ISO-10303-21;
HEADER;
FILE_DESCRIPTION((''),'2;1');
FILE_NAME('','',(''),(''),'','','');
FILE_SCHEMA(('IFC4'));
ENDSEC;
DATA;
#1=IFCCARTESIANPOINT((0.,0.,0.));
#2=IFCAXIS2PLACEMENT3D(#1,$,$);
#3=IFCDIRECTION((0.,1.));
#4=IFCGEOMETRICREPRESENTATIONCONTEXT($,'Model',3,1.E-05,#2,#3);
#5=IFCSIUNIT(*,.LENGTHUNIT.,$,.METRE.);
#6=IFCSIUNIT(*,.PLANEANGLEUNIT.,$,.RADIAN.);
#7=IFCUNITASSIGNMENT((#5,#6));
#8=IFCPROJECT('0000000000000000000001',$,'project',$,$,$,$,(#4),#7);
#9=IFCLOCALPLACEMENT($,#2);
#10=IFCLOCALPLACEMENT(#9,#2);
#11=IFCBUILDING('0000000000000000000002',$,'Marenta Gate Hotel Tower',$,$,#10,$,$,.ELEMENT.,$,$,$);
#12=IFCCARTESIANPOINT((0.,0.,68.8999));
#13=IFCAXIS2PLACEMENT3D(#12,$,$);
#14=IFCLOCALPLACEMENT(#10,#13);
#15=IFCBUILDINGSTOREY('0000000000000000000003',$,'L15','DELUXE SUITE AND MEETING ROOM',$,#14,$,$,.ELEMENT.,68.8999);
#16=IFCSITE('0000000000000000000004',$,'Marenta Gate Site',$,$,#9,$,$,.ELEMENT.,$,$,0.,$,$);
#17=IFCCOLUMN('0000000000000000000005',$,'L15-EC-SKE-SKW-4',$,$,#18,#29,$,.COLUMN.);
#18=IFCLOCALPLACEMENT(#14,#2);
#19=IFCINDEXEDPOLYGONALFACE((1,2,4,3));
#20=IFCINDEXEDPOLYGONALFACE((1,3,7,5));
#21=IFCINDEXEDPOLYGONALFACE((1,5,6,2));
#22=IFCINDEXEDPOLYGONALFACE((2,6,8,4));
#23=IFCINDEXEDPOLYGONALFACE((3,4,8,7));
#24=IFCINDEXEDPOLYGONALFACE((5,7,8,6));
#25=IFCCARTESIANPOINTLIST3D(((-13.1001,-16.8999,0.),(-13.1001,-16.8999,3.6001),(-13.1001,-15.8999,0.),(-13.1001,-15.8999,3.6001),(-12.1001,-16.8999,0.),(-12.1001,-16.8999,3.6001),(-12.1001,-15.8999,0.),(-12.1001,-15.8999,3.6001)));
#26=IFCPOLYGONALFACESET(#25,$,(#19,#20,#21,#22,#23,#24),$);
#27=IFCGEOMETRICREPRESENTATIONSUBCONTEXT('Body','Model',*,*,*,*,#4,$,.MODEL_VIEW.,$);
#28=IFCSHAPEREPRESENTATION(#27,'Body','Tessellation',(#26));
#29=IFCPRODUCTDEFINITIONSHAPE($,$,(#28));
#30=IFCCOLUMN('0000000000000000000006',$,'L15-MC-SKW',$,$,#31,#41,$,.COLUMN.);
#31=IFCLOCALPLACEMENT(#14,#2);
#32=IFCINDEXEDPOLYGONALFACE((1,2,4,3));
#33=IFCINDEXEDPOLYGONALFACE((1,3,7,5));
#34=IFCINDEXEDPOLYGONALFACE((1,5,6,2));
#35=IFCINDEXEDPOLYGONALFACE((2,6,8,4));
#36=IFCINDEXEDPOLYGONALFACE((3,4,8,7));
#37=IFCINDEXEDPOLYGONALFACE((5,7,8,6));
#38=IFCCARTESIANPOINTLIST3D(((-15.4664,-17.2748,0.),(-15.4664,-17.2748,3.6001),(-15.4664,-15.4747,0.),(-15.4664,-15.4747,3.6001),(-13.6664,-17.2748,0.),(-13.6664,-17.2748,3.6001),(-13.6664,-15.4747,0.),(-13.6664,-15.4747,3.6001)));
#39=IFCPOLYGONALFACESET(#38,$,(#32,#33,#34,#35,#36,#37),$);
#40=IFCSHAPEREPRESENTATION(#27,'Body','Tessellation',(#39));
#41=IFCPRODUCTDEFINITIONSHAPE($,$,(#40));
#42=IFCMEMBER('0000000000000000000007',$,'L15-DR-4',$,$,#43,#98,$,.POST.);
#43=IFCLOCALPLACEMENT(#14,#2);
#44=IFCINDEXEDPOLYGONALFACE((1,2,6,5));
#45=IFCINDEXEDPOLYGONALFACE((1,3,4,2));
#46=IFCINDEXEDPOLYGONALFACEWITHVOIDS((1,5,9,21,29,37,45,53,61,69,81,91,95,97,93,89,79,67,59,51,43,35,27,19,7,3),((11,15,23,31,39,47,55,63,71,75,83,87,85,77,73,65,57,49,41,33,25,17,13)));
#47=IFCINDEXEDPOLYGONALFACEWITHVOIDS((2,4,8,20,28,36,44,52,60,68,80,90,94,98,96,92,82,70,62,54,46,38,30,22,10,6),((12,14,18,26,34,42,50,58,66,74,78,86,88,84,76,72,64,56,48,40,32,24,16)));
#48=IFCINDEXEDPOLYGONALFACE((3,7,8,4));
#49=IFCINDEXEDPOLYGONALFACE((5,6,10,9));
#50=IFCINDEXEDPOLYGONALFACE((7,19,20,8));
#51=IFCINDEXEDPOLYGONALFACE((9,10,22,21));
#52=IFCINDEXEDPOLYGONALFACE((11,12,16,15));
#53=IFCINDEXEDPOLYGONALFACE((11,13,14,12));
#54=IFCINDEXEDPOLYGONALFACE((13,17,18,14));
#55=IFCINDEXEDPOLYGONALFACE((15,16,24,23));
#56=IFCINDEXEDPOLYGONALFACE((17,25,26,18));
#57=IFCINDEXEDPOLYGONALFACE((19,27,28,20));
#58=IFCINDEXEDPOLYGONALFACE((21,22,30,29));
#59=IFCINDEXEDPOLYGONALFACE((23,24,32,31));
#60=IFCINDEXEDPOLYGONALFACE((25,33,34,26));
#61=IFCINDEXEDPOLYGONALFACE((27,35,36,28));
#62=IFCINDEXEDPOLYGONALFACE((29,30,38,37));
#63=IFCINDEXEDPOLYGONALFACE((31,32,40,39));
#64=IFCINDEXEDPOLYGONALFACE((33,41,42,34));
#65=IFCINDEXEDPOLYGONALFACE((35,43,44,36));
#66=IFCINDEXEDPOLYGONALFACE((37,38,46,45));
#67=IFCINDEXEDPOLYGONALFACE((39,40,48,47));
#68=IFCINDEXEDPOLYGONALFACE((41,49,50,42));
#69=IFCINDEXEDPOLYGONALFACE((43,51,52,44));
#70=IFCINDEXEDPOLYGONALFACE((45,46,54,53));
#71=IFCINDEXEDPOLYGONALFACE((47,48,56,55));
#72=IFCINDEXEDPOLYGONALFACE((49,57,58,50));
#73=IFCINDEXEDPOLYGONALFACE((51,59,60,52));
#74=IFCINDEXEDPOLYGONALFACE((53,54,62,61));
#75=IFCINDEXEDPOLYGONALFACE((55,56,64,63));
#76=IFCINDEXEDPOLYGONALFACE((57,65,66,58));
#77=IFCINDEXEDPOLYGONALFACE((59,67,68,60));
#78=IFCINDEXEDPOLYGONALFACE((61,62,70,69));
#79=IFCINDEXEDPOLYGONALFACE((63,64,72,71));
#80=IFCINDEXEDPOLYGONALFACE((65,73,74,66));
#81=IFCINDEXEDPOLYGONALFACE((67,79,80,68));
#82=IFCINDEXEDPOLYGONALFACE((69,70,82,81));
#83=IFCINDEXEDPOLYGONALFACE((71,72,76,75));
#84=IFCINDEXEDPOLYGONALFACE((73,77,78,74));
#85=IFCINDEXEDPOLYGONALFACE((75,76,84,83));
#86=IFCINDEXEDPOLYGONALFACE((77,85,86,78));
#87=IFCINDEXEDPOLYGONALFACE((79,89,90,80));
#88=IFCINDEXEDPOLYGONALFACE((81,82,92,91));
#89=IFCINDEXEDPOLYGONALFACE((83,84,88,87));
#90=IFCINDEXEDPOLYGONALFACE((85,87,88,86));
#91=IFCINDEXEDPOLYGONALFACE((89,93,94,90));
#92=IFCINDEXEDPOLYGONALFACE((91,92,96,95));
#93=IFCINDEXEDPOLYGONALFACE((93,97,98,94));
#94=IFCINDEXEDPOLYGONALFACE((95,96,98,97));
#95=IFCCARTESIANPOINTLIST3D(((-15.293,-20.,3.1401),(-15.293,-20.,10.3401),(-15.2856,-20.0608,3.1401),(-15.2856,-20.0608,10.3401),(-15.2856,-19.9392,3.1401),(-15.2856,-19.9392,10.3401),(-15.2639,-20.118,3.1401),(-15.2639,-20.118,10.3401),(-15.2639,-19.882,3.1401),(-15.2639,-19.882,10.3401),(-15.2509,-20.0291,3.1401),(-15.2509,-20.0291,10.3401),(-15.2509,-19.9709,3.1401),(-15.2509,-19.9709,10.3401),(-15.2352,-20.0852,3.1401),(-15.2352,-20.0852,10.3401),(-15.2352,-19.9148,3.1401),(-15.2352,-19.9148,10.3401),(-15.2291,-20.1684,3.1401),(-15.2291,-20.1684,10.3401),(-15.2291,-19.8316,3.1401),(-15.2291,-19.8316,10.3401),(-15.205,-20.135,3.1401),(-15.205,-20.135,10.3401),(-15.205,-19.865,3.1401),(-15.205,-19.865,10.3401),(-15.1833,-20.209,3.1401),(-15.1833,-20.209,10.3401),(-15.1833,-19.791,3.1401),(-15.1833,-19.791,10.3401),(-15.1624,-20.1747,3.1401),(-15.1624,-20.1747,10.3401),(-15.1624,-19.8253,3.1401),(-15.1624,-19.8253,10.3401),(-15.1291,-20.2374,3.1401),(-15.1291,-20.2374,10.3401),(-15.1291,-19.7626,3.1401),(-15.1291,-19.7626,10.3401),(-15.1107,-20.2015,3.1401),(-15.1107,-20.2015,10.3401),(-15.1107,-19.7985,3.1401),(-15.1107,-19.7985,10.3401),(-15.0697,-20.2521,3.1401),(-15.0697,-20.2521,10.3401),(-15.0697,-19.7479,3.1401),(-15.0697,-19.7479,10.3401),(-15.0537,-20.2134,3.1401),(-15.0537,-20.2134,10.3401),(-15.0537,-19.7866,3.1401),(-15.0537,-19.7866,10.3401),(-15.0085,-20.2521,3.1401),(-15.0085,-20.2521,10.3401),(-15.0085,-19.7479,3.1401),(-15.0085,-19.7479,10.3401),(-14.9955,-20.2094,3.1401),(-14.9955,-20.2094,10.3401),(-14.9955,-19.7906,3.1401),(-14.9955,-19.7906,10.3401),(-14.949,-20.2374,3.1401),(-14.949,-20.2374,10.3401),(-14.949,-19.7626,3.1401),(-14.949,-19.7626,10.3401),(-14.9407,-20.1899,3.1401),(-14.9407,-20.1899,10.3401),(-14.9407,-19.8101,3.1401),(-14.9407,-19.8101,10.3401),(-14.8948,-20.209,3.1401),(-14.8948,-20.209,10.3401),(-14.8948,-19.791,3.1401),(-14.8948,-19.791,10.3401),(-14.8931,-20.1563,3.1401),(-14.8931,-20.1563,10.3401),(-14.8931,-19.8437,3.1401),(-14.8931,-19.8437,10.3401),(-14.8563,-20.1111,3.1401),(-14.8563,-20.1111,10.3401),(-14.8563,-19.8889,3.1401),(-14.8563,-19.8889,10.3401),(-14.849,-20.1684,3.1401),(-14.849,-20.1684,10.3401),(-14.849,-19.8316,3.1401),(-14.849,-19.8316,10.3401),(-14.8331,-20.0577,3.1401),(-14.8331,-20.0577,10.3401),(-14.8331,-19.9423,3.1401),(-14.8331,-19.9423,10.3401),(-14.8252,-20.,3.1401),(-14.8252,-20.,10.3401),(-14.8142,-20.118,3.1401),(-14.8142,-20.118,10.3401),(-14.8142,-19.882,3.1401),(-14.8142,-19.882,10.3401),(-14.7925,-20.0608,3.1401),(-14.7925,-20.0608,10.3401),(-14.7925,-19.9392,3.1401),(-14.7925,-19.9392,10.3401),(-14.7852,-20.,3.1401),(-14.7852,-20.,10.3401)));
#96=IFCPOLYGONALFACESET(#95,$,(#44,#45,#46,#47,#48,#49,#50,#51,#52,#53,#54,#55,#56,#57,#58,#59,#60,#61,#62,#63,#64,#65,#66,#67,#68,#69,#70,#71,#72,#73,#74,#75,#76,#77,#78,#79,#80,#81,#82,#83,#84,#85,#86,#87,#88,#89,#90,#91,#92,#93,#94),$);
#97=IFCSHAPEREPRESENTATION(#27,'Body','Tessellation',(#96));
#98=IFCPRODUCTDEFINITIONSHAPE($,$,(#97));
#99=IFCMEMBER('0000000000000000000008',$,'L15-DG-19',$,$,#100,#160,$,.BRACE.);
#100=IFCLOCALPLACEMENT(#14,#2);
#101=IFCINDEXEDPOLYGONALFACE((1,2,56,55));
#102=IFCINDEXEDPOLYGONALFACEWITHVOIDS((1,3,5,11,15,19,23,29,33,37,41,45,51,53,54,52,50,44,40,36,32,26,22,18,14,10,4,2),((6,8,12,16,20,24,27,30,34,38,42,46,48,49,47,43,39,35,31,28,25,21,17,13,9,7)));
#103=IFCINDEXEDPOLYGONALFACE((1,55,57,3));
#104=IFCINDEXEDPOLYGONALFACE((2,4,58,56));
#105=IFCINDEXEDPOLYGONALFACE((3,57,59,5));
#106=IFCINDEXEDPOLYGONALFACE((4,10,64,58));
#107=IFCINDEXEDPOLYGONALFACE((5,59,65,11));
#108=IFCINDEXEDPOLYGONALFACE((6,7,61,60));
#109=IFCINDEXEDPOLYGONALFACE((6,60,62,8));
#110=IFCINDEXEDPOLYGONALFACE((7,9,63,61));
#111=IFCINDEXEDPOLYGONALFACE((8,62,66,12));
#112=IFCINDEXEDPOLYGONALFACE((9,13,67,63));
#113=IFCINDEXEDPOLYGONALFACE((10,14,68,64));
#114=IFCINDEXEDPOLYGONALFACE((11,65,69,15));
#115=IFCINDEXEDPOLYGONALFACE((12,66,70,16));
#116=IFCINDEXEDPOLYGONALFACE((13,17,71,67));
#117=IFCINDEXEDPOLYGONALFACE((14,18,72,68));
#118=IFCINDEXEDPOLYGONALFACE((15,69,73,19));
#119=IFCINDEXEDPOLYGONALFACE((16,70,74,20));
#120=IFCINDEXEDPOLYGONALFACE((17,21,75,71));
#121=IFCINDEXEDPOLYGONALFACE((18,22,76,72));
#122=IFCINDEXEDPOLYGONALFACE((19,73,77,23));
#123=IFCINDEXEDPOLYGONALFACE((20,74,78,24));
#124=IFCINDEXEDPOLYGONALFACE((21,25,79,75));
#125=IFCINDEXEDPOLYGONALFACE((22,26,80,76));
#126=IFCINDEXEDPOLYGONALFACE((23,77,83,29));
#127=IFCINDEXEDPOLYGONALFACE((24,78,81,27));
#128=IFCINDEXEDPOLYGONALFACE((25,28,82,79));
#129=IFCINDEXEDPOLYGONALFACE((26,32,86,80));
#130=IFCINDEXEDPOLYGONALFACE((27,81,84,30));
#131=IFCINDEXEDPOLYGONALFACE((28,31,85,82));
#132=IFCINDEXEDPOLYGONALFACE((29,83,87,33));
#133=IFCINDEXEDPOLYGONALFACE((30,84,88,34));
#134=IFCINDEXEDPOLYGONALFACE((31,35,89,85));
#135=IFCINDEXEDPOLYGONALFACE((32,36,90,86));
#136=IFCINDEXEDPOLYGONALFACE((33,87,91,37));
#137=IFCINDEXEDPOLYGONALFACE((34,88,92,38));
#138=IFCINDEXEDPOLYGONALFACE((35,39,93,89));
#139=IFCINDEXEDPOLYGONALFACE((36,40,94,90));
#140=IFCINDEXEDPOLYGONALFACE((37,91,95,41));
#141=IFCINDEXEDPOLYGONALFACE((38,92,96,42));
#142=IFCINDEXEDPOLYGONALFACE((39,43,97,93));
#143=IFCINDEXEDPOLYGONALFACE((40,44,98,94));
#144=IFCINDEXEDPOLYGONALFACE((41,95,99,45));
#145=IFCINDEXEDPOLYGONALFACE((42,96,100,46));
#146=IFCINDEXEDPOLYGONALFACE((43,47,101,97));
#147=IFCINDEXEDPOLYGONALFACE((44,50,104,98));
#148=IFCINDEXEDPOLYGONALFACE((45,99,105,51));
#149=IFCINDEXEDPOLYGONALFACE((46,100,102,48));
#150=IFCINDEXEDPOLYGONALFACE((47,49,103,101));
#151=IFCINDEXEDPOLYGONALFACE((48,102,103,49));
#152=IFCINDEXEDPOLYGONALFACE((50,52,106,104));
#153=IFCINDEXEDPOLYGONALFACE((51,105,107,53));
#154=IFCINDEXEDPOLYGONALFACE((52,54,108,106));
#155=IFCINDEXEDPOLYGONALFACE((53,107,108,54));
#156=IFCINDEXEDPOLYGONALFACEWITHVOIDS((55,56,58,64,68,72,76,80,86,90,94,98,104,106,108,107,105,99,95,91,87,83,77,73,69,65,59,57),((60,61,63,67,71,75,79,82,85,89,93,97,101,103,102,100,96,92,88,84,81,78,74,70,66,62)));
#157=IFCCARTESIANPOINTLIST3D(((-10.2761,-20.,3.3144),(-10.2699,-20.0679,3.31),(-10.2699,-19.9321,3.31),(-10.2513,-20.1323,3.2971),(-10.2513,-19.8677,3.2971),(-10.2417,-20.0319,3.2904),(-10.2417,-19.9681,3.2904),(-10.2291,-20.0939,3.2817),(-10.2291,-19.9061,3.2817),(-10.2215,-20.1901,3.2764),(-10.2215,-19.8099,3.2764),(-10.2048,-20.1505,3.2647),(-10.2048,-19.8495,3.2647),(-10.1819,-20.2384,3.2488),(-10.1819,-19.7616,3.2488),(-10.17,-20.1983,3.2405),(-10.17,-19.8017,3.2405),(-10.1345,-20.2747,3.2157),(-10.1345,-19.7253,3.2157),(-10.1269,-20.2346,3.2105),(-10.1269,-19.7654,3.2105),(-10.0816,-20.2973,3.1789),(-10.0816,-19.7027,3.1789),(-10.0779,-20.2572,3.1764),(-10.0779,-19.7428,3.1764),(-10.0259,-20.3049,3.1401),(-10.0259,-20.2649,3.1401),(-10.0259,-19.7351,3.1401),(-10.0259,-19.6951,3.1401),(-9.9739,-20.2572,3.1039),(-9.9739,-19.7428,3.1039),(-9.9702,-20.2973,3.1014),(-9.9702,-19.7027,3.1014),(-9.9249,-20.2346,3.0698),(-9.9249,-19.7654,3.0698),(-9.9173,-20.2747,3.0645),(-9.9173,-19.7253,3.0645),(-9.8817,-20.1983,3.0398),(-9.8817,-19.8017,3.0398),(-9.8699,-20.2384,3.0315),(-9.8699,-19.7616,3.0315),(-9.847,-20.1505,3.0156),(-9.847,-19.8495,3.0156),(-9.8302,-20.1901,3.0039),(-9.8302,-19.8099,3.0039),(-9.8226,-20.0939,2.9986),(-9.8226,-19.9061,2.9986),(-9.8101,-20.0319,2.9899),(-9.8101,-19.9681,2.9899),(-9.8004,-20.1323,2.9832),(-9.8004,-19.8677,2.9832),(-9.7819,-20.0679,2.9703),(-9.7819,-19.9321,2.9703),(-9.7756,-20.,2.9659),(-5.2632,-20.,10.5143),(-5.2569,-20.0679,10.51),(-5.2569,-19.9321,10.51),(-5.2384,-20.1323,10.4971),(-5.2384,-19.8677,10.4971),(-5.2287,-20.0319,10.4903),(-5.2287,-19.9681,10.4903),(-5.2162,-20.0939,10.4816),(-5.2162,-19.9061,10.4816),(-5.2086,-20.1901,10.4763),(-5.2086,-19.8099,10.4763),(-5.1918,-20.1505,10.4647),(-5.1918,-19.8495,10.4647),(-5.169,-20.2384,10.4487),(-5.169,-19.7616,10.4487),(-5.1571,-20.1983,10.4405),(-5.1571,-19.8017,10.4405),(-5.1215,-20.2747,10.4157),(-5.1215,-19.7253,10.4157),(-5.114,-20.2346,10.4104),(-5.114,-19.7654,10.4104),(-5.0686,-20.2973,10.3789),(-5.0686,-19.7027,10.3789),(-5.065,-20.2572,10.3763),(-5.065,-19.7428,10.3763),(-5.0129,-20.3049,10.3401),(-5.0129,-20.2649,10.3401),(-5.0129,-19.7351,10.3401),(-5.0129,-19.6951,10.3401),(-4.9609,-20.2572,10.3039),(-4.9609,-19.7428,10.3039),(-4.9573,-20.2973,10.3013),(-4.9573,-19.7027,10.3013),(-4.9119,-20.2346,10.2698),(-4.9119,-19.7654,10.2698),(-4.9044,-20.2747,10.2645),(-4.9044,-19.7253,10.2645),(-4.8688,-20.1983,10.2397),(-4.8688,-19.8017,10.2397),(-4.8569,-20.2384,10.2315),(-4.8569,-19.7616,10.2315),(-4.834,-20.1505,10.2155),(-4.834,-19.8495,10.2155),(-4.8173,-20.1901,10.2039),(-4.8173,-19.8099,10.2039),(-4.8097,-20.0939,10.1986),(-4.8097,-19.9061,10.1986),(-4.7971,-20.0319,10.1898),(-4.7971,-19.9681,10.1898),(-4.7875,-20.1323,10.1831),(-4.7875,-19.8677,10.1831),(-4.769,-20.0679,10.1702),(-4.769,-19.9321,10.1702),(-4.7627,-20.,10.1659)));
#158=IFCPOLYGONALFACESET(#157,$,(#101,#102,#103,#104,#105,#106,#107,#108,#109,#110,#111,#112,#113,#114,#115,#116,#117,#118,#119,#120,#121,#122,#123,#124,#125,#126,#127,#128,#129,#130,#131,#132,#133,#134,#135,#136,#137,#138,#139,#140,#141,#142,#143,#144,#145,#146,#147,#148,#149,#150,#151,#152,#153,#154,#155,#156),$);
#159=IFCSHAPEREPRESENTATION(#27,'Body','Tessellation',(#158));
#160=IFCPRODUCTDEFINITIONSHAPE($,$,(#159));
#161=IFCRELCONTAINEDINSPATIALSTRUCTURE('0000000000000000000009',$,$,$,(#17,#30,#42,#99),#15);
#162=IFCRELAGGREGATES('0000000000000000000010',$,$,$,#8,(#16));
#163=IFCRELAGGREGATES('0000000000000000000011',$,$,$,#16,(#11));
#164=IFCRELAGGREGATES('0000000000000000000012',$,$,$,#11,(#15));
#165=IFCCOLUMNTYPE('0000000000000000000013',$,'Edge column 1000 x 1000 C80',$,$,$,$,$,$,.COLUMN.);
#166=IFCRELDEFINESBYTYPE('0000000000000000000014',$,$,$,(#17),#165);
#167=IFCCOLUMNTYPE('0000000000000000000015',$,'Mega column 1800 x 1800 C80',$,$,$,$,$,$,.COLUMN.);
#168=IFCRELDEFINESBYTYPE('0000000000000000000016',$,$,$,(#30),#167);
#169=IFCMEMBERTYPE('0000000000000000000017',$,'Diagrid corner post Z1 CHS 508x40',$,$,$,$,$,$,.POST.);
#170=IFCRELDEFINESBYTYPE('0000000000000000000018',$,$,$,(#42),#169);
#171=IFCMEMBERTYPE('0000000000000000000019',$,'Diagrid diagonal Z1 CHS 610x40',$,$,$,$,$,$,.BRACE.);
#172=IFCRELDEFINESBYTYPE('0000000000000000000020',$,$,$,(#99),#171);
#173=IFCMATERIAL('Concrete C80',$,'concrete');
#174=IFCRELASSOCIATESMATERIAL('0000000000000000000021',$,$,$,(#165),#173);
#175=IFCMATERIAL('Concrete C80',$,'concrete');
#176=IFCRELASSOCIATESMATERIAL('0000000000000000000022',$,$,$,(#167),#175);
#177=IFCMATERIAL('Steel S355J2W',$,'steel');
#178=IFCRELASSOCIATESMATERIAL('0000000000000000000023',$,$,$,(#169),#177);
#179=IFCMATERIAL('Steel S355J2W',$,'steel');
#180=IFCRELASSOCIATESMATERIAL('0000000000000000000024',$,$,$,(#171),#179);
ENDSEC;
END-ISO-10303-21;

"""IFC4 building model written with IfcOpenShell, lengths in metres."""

from ifc_helpers import new_model, si_unit, direction, frame, origin, origin_2d, place, context, subcontext, project, spatial, rectangle, hollow_circle, extrude, material, material_profile, profile_set, type_object, element, save


model = new_model("IFC4")

# Units and contexts
model_context = context("Model", 3, precision=1e-05, world=origin(), true_north=direction((0.0, 1.0)))
body_context = subcontext(model_context, "Body", "Model", "MODEL_VIEW")
ifc_project = project(units=[si_unit("LENGTHUNIT", "METRE"), si_unit("PLANEANGLEUNIT", "RADIAN")], contexts=[model_context])

# Site, building, storey
site_placement = place(None, origin())
site = spatial("IfcSite", under=ifc_project, at=site_placement, Name="Marenta Gate Site", CompositionType="ELEMENT", RefElevation=0.0)
building_placement = place(site_placement, origin())
building = spatial("IfcBuilding", under=site, at=building_placement, Name="Marenta Gate Hotel Tower", CompositionType="ELEMENT")
storey_placement = place(building_placement, frame((0.0, 0.0, 68.8999)))
storey = spatial("IfcBuildingStorey", under=building, at=storey_placement, Name="L15", Description="DELUXE SUITE AND MEETING ROOM", CompositionType="ELEMENT", Elevation=68.8999)

# Columns
ifc_material_1 = material(Name="Concrete C80", Category="concrete")
ifc_material_profile_1 = material_profile(ifc_material_1, rectangle(XDim=1.0, YDim=1.0, at=origin_2d()), Name="1000 x 1000")
ifc_profile_set_1 = profile_set([ifc_material_profile_1], Name="Concrete C80")
column_type_1 = type_object("IfcColumnType", Name="Edge column 1000 x 1000 C80", PredefinedType="COLUMN", material=ifc_profile_set_1)
column_1_placement = place(storey_placement, frame((-12.6001, -16.3999, 0.0), z_axis=(0.0, 0.0, 1.0), x_axis=(1.0, 0.0, 0.0)))
element("IfcColumn", 1, at=column_1_placement, inside=storey, type_object=column_type_1, Name="L15-EC-SKE-SKW-4", PredefinedType="COLUMN", context=body_context, shape_type="SweptSolid", body=[
    extrude(rectangle(XDim=1.0, YDim=1.0, at=origin_2d()), origin(), (0.0, 0.0, 1.0), 3.6001),
])
ifc_material_2 = material(Name="Concrete C80", Category="concrete")
ifc_material_profile_2 = material_profile(ifc_material_2, rectangle(XDim=1.8, YDim=1.8, at=origin_2d()), Name="1800 x 1800")
ifc_profile_set_2 = profile_set([ifc_material_profile_2], Name="Concrete C80")
column_type_2 = type_object("IfcColumnType", Name="Mega column 1800 x 1800 C80", PredefinedType="COLUMN", material=ifc_profile_set_2)
column_2_placement = place(storey_placement, frame((-14.5664, -16.3748, 0.0), z_axis=(0.0, 0.0, 1.0), x_axis=(1.0, 0.0, 0.0)))
element("IfcColumn", 2, at=column_2_placement, inside=storey, type_object=column_type_2, Name="L15-MC-SKW", PredefinedType="COLUMN", context=body_context, shape_type="SweptSolid", body=[
    extrude(rectangle(XDim=1.8, YDim=1.8, at=origin_2d()), origin(), (0.0, 0.0, 1.0), 3.6001),
])

# Members
ifc_material_3 = material(Name="Steel S355J2W", Category="steel")
ifc_material_profile_3 = material_profile(ifc_material_3, hollow_circle(Radius=0.2539, WallThickness=0.04, at=origin_2d()), Name="CHS 508x40")
ifc_profile_set_3 = profile_set([ifc_material_profile_3], Name="Steel S355J2W")
member_type_1 = type_object("IfcMemberType", Name="Diagrid corner post Z1 CHS 508x40", PredefinedType="POST", material=ifc_profile_set_3)
member_1_placement = place(storey_placement, frame((-15.0391, -20.0, 3.1401), z_axis=(0.0, 0.0, 1.0), x_axis=(1.0, 0.0, 0.0)))
element("IfcMember", 3, at=member_1_placement, inside=storey, type_object=member_type_1, Name="L15-DR-4", PredefinedType="POST", context=body_context, shape_type="SweptSolid", body=[
    extrude(hollow_circle(Radius=0.2539, WallThickness=0.04, at=origin_2d()), origin(), (0.0, 0.0, 1.0), 7.2),
])
ifc_material_4 = material(Name="Steel S355J2W", Category="steel")
ifc_material_profile_4 = material_profile(ifc_material_4, hollow_circle(Radius=0.3049, WallThickness=0.04, at=origin_2d()), Name="CHS 610x40")
ifc_profile_set_4 = profile_set([ifc_material_profile_4], Name="Steel S355J2W")
member_type_2 = type_object("IfcMemberType", Name="Diagrid diagonal Z1 CHS 610x40", PredefinedType="BRACE", material=ifc_profile_set_4)
member_2_placement = place(storey_placement, frame((-10.0259, -20.0, 3.1401), z_axis=(0.571393, 0.0, 0.820677), x_axis=(0.0, 1.0, 0.0)))
element("IfcMember", 4, at=member_2_placement, inside=storey, type_object=member_type_2, Name="L15-DG-19", PredefinedType="BRACE", context=body_context, shape_type="SweptSolid", body=[
    extrude(hollow_circle(Radius=0.3049, WallThickness=0.04, at=origin_2d()), origin(), (0.0, 0.0, 1.0), 8.7732),
])

save(model, "model.ifc")
